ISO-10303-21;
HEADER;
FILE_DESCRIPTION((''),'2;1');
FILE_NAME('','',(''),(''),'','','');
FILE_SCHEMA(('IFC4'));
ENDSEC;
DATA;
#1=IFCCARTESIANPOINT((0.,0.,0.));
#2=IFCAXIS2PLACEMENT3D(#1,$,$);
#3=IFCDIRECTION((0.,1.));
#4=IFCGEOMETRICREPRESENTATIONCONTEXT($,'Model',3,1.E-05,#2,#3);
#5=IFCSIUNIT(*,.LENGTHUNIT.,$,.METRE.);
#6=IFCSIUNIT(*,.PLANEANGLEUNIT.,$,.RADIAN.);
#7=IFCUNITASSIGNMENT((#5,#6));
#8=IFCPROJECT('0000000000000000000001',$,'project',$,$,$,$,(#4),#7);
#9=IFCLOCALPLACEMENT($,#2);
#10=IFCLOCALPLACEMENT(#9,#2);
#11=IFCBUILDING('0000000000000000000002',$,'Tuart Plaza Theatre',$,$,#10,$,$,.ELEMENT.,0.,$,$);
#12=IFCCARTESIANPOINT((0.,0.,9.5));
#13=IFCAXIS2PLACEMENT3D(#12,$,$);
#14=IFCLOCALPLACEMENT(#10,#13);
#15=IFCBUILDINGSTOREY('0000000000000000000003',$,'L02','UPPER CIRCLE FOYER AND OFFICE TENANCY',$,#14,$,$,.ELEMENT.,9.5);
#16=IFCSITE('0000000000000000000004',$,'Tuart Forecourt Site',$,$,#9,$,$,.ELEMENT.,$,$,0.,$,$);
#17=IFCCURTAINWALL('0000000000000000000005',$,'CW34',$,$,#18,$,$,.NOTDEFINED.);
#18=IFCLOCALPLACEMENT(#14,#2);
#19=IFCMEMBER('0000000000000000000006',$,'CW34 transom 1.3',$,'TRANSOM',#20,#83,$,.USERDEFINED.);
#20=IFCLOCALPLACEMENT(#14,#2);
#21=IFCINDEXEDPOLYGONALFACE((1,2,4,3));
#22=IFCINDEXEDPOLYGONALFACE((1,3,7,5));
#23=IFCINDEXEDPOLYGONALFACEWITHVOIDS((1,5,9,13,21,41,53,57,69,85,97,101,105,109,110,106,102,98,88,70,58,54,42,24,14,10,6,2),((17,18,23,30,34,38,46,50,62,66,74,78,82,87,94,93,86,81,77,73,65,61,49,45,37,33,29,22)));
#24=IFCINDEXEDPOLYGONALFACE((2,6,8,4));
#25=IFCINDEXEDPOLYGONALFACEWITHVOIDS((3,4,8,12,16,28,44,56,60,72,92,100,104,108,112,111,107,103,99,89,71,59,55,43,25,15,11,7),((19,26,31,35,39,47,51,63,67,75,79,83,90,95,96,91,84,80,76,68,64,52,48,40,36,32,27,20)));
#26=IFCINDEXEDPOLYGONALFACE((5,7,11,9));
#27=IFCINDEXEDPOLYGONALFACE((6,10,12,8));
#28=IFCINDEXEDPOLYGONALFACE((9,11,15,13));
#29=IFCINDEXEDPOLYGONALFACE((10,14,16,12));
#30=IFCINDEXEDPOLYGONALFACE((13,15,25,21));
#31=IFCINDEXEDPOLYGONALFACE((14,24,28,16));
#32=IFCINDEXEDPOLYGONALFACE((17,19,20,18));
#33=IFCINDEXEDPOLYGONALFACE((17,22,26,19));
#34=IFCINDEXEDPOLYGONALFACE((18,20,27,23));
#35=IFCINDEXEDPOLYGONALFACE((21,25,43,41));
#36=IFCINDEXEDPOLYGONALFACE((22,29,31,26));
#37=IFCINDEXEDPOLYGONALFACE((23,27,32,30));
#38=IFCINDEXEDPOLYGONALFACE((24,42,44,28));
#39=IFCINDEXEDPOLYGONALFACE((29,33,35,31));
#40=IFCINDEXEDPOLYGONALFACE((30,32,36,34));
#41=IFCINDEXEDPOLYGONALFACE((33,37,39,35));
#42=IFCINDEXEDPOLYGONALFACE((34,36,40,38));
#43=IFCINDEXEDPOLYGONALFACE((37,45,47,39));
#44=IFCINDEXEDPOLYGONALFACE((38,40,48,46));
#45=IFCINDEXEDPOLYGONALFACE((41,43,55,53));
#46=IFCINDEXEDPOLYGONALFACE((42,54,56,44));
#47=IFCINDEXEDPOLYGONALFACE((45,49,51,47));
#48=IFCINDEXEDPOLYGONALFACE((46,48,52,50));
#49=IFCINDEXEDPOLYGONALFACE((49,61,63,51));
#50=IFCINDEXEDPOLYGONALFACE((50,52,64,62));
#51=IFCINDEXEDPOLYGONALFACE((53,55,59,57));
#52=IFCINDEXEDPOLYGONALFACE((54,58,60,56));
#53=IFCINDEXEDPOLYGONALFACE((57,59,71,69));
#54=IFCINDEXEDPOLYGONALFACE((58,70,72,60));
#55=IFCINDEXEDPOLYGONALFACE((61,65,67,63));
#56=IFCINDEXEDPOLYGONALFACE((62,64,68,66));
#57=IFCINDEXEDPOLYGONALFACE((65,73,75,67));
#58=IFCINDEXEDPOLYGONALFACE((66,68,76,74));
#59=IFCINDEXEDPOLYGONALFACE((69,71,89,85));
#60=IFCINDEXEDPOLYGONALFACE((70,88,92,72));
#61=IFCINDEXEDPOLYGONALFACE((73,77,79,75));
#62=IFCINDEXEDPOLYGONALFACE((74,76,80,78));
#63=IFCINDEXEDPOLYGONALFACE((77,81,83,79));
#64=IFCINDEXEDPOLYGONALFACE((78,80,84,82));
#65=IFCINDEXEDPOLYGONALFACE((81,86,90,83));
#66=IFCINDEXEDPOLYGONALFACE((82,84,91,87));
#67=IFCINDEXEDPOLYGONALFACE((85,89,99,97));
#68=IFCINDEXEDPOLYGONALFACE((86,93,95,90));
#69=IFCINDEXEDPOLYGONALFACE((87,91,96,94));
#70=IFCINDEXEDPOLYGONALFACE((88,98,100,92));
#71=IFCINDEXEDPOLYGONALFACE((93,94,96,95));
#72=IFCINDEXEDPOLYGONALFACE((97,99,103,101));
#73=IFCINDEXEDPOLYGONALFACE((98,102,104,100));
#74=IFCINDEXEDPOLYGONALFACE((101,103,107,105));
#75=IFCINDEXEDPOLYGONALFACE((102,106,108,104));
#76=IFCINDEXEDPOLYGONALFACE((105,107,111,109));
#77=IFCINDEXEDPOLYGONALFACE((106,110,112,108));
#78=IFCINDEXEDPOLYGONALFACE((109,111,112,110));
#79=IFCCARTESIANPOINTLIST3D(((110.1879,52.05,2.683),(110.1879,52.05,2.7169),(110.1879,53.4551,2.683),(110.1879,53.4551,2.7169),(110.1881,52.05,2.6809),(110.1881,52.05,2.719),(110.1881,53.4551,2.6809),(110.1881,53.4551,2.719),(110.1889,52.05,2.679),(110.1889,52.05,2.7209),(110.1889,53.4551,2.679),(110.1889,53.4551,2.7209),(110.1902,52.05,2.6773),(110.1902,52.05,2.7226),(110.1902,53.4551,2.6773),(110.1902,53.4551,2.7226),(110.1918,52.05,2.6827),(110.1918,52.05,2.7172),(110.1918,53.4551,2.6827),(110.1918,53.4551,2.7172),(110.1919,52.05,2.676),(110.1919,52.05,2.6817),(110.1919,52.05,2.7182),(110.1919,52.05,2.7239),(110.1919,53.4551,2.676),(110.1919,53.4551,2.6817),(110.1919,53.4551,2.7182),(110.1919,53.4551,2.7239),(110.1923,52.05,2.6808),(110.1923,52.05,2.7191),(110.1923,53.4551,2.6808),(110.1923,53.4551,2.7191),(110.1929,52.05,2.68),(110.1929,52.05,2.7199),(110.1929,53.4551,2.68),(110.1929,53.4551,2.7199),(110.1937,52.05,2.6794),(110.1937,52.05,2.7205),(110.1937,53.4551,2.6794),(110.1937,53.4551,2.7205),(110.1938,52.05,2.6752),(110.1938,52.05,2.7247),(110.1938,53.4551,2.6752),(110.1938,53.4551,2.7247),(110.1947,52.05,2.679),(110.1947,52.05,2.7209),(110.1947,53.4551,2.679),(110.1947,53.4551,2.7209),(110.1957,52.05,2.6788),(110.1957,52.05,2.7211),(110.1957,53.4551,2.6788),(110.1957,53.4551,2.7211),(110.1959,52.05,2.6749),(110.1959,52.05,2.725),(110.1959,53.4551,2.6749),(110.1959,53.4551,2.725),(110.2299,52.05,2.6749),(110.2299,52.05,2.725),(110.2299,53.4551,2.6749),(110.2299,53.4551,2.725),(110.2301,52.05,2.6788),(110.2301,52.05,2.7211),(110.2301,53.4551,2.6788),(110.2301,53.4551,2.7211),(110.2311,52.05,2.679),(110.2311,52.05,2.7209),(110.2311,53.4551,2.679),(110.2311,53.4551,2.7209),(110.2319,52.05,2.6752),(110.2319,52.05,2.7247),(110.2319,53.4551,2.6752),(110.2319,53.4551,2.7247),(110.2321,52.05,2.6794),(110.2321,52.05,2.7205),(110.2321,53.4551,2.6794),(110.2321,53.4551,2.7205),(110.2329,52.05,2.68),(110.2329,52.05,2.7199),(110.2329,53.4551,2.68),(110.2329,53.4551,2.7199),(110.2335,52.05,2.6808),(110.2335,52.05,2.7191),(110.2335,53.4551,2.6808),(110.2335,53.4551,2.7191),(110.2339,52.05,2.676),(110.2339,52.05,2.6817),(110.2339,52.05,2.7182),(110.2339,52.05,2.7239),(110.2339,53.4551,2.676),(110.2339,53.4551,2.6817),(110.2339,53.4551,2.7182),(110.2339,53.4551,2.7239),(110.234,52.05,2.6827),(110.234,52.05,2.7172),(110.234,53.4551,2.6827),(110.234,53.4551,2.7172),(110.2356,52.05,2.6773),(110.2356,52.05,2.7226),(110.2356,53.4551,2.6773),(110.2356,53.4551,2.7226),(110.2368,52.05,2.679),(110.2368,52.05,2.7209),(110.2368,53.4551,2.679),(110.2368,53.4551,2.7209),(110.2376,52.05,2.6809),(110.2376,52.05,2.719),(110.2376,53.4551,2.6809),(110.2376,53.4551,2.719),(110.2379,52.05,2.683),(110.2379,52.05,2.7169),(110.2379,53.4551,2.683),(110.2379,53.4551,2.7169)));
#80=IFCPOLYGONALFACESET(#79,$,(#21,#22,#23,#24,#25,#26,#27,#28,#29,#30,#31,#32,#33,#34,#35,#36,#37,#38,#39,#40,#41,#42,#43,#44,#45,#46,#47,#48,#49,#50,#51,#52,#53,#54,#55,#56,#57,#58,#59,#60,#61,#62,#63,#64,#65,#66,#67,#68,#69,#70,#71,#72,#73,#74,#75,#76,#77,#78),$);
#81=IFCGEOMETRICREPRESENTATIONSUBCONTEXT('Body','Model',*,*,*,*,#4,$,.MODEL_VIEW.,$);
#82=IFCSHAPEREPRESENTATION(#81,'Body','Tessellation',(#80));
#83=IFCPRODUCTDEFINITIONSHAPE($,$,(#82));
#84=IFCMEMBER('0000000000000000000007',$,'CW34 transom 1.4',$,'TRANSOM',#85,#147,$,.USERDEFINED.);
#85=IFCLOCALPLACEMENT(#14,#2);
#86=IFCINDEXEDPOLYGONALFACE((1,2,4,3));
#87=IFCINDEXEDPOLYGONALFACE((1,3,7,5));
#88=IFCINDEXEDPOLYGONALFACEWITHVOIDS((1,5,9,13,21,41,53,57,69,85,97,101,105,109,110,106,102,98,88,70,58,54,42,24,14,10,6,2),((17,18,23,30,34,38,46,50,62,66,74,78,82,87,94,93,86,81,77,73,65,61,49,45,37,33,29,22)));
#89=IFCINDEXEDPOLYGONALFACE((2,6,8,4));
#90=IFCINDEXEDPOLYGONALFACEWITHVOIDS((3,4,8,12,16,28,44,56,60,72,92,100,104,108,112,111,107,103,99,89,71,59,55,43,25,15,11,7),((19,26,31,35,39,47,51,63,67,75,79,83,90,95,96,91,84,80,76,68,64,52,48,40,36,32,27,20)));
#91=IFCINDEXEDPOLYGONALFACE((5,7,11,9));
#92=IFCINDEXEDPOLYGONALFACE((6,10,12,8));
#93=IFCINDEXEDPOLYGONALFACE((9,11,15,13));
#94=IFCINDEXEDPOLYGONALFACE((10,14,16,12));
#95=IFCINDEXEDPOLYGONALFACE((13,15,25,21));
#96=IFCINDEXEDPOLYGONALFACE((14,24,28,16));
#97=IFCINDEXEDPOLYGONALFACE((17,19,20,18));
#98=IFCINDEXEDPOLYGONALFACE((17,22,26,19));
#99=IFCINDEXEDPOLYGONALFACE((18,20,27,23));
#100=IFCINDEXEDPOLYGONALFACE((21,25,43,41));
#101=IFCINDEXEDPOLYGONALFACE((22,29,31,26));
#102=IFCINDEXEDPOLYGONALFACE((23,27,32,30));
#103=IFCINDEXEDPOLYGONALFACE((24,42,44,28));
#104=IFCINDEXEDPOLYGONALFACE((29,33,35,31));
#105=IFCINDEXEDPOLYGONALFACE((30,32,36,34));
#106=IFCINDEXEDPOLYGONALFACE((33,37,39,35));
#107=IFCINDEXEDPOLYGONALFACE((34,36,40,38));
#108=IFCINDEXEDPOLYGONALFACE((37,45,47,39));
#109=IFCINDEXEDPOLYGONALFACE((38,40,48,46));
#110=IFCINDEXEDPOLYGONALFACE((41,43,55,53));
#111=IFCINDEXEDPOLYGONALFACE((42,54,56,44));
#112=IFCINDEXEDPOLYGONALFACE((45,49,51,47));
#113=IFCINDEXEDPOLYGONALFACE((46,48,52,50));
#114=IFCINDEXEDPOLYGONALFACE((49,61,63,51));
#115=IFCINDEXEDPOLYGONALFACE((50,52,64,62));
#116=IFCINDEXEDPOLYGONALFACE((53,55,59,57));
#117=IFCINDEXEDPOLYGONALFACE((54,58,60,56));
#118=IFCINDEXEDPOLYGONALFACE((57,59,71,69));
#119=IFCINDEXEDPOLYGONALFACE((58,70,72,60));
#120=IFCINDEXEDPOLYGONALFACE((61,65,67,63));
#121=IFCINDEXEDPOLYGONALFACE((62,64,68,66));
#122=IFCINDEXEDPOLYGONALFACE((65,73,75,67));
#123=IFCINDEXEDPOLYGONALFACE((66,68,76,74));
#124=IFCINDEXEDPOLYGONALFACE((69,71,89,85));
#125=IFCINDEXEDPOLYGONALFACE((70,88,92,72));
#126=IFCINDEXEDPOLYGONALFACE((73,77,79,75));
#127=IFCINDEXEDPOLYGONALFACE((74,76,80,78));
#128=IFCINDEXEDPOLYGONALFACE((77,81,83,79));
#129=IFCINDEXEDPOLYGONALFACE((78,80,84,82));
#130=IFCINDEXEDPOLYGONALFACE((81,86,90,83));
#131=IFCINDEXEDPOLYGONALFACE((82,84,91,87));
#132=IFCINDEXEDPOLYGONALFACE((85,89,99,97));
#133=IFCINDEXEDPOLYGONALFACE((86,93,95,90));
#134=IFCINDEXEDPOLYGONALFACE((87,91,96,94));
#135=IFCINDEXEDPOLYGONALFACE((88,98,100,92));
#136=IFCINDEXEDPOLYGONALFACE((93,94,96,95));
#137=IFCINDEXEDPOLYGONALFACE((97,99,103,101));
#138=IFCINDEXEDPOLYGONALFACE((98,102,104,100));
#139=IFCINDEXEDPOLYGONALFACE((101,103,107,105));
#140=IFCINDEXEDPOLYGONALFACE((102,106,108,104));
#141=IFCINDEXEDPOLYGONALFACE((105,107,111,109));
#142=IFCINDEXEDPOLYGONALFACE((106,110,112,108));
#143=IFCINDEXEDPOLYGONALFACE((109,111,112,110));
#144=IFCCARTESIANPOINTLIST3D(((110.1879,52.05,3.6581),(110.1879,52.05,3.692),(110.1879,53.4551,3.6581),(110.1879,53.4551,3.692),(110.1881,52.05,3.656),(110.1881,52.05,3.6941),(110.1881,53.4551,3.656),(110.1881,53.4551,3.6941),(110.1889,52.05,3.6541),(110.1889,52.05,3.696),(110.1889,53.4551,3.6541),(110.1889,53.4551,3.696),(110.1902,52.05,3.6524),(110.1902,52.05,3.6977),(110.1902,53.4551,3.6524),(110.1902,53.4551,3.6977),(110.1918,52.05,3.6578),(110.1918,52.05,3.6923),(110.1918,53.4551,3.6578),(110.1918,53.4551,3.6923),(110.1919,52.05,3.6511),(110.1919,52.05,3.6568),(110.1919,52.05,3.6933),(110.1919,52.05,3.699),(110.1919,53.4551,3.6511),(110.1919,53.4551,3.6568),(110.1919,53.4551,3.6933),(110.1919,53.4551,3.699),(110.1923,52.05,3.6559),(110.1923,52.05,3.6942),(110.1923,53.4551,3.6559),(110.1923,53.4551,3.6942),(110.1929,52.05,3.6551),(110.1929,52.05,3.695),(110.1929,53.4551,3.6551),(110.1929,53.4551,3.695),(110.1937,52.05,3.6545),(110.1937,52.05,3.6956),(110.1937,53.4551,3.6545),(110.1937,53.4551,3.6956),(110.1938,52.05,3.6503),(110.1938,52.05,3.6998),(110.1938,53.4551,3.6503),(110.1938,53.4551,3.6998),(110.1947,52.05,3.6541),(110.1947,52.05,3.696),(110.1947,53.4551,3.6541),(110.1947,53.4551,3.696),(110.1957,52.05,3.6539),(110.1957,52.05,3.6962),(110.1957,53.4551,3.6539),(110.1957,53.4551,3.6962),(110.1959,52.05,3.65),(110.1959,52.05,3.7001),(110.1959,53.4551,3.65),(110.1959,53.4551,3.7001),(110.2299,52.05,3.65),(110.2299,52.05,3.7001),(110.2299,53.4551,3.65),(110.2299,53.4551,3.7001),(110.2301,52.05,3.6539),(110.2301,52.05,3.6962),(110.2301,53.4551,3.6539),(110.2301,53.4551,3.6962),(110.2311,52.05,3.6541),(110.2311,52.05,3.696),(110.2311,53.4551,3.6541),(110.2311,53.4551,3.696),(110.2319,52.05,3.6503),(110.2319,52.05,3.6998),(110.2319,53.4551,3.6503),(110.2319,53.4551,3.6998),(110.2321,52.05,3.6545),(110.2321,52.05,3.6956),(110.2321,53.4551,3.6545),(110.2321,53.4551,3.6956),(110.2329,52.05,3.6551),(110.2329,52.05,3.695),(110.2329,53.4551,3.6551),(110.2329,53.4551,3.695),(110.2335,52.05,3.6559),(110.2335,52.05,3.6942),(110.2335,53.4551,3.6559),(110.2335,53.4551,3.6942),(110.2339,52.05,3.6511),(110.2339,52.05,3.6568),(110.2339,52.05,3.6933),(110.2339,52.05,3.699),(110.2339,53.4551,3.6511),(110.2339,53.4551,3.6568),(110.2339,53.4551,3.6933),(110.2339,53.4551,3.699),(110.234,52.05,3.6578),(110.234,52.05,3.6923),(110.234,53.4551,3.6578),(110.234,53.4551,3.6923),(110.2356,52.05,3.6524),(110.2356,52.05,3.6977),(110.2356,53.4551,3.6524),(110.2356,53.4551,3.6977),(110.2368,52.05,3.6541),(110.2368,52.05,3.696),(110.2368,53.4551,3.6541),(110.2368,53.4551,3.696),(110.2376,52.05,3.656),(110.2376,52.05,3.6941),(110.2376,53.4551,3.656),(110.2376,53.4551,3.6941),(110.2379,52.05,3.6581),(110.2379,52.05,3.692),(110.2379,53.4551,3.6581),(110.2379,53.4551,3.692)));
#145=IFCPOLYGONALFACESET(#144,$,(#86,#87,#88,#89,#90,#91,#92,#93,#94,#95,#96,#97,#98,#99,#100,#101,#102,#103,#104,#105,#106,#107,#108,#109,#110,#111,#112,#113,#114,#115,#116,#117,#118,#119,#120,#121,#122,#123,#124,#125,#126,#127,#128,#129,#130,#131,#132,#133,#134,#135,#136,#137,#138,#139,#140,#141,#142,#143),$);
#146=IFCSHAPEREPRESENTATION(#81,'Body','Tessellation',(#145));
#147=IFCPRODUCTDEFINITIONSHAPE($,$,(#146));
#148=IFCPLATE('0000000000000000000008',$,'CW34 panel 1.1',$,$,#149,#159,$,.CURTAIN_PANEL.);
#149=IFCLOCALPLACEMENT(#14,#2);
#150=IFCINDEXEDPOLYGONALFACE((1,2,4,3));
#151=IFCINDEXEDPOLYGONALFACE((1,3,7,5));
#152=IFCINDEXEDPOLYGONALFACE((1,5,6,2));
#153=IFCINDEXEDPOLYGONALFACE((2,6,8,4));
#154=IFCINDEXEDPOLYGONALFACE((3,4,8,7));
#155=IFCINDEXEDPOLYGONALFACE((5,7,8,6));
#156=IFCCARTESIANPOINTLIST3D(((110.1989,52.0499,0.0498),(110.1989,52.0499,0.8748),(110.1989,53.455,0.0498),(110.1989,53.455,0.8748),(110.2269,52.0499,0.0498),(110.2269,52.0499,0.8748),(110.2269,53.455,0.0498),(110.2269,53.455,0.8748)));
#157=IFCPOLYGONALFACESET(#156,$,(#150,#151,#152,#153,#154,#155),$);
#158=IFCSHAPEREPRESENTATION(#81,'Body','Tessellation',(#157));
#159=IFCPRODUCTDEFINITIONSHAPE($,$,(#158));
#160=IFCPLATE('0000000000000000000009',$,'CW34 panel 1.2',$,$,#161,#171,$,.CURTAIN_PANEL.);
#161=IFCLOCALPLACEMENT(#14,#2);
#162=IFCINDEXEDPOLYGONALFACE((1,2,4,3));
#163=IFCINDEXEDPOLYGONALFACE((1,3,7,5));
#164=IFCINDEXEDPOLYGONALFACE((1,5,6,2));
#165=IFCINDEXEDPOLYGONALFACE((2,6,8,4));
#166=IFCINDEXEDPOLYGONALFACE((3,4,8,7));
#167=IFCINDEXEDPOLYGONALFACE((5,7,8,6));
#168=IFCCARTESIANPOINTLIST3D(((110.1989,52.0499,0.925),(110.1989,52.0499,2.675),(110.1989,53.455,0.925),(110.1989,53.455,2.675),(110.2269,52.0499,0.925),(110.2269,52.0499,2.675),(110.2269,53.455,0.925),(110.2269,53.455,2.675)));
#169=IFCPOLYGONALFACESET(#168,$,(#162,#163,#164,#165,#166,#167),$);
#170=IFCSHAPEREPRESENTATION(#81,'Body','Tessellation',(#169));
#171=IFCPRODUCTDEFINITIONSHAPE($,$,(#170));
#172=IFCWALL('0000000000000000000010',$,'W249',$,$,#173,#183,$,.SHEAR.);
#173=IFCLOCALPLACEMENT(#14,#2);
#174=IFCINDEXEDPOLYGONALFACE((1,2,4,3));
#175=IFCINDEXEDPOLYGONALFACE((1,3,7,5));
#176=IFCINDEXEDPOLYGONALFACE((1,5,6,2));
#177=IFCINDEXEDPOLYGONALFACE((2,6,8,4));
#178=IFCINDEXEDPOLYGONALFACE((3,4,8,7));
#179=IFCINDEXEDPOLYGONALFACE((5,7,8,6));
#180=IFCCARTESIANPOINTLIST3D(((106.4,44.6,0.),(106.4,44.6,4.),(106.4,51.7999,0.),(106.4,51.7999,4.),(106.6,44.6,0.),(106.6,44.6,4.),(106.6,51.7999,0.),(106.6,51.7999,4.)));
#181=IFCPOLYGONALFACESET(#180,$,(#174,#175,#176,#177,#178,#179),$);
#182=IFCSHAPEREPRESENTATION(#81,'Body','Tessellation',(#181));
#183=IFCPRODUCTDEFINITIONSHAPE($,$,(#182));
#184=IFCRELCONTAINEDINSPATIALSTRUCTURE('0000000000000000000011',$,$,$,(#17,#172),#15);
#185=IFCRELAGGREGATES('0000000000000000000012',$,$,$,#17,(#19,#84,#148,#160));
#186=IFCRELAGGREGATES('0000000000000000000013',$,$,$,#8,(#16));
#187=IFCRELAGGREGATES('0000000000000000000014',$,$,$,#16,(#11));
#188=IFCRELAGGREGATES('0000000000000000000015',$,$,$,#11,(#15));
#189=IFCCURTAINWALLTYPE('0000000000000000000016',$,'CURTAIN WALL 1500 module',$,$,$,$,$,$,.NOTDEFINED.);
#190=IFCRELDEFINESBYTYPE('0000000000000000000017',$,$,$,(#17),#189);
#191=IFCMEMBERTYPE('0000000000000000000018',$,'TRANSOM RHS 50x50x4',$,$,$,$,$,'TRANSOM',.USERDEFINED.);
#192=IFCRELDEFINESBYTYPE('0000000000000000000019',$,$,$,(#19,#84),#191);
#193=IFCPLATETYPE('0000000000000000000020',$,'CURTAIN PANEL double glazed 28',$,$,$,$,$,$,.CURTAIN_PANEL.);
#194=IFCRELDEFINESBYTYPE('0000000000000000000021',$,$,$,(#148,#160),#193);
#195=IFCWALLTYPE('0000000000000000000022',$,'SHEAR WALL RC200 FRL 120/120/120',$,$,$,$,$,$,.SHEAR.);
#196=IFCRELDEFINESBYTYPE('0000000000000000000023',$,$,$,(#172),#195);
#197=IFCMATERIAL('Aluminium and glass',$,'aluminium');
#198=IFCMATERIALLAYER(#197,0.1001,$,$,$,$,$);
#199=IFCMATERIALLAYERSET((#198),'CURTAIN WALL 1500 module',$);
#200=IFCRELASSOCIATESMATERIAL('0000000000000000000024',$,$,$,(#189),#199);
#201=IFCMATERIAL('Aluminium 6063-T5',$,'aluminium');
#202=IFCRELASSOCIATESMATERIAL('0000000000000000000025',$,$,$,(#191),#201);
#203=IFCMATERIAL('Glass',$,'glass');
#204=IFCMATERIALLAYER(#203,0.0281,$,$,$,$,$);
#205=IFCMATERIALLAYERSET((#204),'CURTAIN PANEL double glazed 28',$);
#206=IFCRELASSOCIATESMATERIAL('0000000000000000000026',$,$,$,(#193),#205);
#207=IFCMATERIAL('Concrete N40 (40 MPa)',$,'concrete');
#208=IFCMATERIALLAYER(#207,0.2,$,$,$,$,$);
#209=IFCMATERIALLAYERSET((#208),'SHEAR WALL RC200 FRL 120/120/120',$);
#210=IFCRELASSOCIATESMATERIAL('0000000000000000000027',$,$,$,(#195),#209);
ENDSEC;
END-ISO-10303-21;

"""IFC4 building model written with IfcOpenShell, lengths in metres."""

from ifc_helpers import new_model, si_unit, direction, frame, frame_2d, origin, origin_2d, place, context, subcontext, project, spatial, rectangle, hollow_rectangle, extrude, material, layer, layer_set, material_profile, profile_set, type_object, element, aggregate, save


model = new_model("IFC4")

# Units and contexts
model_context = context("Model", 3, precision=1e-05, world=origin(), true_north=direction((0.0, 1.0)))
body_context = subcontext(model_context, "Body", "Model", "MODEL_VIEW")
ifc_project = project(units=[si_unit("LENGTHUNIT", "METRE"), si_unit("PLANEANGLEUNIT", "RADIAN")], contexts=[model_context])

# Site, building, storey
site_placement = place(None, origin())
site = spatial("IfcSite", under=ifc_project, at=site_placement, Name="Tuart Forecourt Site", CompositionType="ELEMENT", RefElevation=0.0)
building_placement = place(site_placement, origin())
building = spatial("IfcBuilding", under=site, at=building_placement, Name="Tuart Plaza Theatre", CompositionType="ELEMENT", ElevationOfRefHeight=0.0)
storey_placement = place(building_placement, frame((0.0, 0.0, 9.5)))
storey = spatial("IfcBuildingStorey", under=building, at=storey_placement, Name="L02", Description="UPPER CIRCLE FOYER AND OFFICE TENANCY", CompositionType="ELEMENT", Elevation=9.5)

# Curtain wall, members, plates
ifc_material_1 = material(Name="Aluminium and glass", Category="aluminium")
ifc_layer_1 = layer(ifc_material_1, 0.1001)
ifc_layer_set_1 = layer_set([ifc_layer_1], Name="CURTAIN WALL 1500 module")
curtain_wall_type = type_object("IfcCurtainWallType", Name="CURTAIN WALL 1500 module", PredefinedType="NOTDEFINED", material=ifc_layer_set_1)
curtain_wall_placement = place(storey_placement, origin())
curtain_wall = element("IfcCurtainWall", 1, at=curtain_wall_placement, inside=storey, type_object=curtain_wall_type, Name="CW34", PredefinedType="NOTDEFINED")
ifc_material_2 = material(Name="Aluminium 6063-T5", Category="aluminium")
ifc_material_profile_1 = material_profile(ifc_material_2, hollow_rectangle(XDim=0.05, YDim=0.05, WallThickness=0.0039, InnerFilletRadius=0.0039, OuterFilletRadius=0.0081, at=origin_2d()), Name="RHS 50x50x4")
ifc_profile_set_1 = profile_set([ifc_material_profile_1], Name="Aluminium 6063-T5")
member_type_1 = type_object("IfcMemberType", Name="TRANSOM RHS 50x50x4", ElementType="TRANSOM", PredefinedType="USERDEFINED", material=ifc_profile_set_1)
member_1_placement = place(storey_placement, frame((110.2129, 52.05, 2.7), z_axis=(0.0, 1.0, 0.0), x_axis=(-1.0, 0.0, 0.0)))
member_1 = element("IfcMember", 2, at=member_1_placement, type_object=member_type_1, Name="CW34 transom 1.3", ObjectType="TRANSOM", PredefinedType="USERDEFINED", context=body_context, shape_type="SweptSolid", body=[
    extrude(hollow_rectangle(XDim=0.05, YDim=0.05, WallThickness=0.0039, InnerFilletRadius=0.0039, OuterFilletRadius=0.0081, at=origin_2d()), origin(), (0.0, 0.0, 1.0), 1.405),
])
member_2_placement = place(storey_placement, frame((110.2129, 52.05, 3.675), z_axis=(0.0, 1.0, 0.0), x_axis=(-1.0, 0.0, 0.0)))
member_2 = element("IfcMember", 3, at=member_2_placement, type_object=member_type_1, Name="CW34 transom 1.4", ObjectType="TRANSOM", PredefinedType="USERDEFINED", context=body_context, shape_type="SweptSolid", body=[
    extrude(hollow_rectangle(XDim=0.05, YDim=0.05, WallThickness=0.0039, InnerFilletRadius=0.0039, OuterFilletRadius=0.0081, at=origin_2d()), origin(), (0.0, 0.0, 1.0), 1.405),
])
ifc_material_3 = material(Name="Glass", Category="glass")
ifc_layer_2 = layer(ifc_material_3, 0.0281)
ifc_layer_set_2 = layer_set([ifc_layer_2], Name="CURTAIN PANEL double glazed 28")
plate_type = type_object("IfcPlateType", Name="CURTAIN PANEL double glazed 28", PredefinedType="CURTAIN_PANEL", material=ifc_layer_set_2)
plate_1_placement = place(storey_placement, frame((110.2129, 52.7524, 0.0498), z_axis=(0.0, 0.0, 1.0), x_axis=(0.0, 1.0, 0.0)))
plate_1 = element("IfcPlate", 4, at=plate_1_placement, type_object=plate_type, Name="CW34 panel 1.1", PredefinedType="CURTAIN_PANEL", context=body_context, shape_type="SweptSolid", body=[
    extrude(rectangle(XDim=1.405, YDim=0.0281, at=origin_2d()), origin(), (0.0, 0.0, 1.0), 0.825),
])
plate_2_placement = place(storey_placement, frame((110.2129, 52.7524, 0.925), z_axis=(0.0, 0.0, 1.0), x_axis=(0.0, 1.0, 0.0)))
plate_2 = element("IfcPlate", 5, at=plate_2_placement, type_object=plate_type, Name="CW34 panel 1.2", PredefinedType="CURTAIN_PANEL", context=body_context, shape_type="SweptSolid", body=[
    extrude(rectangle(XDim=1.405, YDim=0.0281, at=origin_2d()), origin(), (0.0, 0.0, 1.0), 1.75),
])
aggregate(curtain_wall, [member_1, member_2, plate_1, plate_2])

# Wall
ifc_material_4 = material(Name="Concrete N40 (40 MPa)", Category="concrete")
ifc_layer_3 = layer(ifc_material_4, 0.2)
ifc_layer_set_3 = layer_set([ifc_layer_3], Name="SHEAR WALL RC200 FRL 120/120/120")
wall_type = type_object("IfcWallType", Name="SHEAR WALL RC200 FRL 120/120/120", PredefinedType="SHEAR", material=ifc_layer_set_3)
wall_placement = place(storey_placement, frame((106.5, 51.8, 0.0), z_axis=(0.0, 0.0, 1.0), x_axis=(0.0, -1.0, 0.0)))
element("IfcWall", 6, at=wall_placement, inside=storey, type_object=wall_type, Name="W249", PredefinedType="SHEAR", context=body_context, shape_type="SweptSolid", body=[
    extrude(rectangle(XDim=7.2, YDim=0.2, at=frame_2d((3.6001, 0.0))), origin(), (0.0, 0.0, 1.0), 4.0),
])

save(model, "model.ifc")
